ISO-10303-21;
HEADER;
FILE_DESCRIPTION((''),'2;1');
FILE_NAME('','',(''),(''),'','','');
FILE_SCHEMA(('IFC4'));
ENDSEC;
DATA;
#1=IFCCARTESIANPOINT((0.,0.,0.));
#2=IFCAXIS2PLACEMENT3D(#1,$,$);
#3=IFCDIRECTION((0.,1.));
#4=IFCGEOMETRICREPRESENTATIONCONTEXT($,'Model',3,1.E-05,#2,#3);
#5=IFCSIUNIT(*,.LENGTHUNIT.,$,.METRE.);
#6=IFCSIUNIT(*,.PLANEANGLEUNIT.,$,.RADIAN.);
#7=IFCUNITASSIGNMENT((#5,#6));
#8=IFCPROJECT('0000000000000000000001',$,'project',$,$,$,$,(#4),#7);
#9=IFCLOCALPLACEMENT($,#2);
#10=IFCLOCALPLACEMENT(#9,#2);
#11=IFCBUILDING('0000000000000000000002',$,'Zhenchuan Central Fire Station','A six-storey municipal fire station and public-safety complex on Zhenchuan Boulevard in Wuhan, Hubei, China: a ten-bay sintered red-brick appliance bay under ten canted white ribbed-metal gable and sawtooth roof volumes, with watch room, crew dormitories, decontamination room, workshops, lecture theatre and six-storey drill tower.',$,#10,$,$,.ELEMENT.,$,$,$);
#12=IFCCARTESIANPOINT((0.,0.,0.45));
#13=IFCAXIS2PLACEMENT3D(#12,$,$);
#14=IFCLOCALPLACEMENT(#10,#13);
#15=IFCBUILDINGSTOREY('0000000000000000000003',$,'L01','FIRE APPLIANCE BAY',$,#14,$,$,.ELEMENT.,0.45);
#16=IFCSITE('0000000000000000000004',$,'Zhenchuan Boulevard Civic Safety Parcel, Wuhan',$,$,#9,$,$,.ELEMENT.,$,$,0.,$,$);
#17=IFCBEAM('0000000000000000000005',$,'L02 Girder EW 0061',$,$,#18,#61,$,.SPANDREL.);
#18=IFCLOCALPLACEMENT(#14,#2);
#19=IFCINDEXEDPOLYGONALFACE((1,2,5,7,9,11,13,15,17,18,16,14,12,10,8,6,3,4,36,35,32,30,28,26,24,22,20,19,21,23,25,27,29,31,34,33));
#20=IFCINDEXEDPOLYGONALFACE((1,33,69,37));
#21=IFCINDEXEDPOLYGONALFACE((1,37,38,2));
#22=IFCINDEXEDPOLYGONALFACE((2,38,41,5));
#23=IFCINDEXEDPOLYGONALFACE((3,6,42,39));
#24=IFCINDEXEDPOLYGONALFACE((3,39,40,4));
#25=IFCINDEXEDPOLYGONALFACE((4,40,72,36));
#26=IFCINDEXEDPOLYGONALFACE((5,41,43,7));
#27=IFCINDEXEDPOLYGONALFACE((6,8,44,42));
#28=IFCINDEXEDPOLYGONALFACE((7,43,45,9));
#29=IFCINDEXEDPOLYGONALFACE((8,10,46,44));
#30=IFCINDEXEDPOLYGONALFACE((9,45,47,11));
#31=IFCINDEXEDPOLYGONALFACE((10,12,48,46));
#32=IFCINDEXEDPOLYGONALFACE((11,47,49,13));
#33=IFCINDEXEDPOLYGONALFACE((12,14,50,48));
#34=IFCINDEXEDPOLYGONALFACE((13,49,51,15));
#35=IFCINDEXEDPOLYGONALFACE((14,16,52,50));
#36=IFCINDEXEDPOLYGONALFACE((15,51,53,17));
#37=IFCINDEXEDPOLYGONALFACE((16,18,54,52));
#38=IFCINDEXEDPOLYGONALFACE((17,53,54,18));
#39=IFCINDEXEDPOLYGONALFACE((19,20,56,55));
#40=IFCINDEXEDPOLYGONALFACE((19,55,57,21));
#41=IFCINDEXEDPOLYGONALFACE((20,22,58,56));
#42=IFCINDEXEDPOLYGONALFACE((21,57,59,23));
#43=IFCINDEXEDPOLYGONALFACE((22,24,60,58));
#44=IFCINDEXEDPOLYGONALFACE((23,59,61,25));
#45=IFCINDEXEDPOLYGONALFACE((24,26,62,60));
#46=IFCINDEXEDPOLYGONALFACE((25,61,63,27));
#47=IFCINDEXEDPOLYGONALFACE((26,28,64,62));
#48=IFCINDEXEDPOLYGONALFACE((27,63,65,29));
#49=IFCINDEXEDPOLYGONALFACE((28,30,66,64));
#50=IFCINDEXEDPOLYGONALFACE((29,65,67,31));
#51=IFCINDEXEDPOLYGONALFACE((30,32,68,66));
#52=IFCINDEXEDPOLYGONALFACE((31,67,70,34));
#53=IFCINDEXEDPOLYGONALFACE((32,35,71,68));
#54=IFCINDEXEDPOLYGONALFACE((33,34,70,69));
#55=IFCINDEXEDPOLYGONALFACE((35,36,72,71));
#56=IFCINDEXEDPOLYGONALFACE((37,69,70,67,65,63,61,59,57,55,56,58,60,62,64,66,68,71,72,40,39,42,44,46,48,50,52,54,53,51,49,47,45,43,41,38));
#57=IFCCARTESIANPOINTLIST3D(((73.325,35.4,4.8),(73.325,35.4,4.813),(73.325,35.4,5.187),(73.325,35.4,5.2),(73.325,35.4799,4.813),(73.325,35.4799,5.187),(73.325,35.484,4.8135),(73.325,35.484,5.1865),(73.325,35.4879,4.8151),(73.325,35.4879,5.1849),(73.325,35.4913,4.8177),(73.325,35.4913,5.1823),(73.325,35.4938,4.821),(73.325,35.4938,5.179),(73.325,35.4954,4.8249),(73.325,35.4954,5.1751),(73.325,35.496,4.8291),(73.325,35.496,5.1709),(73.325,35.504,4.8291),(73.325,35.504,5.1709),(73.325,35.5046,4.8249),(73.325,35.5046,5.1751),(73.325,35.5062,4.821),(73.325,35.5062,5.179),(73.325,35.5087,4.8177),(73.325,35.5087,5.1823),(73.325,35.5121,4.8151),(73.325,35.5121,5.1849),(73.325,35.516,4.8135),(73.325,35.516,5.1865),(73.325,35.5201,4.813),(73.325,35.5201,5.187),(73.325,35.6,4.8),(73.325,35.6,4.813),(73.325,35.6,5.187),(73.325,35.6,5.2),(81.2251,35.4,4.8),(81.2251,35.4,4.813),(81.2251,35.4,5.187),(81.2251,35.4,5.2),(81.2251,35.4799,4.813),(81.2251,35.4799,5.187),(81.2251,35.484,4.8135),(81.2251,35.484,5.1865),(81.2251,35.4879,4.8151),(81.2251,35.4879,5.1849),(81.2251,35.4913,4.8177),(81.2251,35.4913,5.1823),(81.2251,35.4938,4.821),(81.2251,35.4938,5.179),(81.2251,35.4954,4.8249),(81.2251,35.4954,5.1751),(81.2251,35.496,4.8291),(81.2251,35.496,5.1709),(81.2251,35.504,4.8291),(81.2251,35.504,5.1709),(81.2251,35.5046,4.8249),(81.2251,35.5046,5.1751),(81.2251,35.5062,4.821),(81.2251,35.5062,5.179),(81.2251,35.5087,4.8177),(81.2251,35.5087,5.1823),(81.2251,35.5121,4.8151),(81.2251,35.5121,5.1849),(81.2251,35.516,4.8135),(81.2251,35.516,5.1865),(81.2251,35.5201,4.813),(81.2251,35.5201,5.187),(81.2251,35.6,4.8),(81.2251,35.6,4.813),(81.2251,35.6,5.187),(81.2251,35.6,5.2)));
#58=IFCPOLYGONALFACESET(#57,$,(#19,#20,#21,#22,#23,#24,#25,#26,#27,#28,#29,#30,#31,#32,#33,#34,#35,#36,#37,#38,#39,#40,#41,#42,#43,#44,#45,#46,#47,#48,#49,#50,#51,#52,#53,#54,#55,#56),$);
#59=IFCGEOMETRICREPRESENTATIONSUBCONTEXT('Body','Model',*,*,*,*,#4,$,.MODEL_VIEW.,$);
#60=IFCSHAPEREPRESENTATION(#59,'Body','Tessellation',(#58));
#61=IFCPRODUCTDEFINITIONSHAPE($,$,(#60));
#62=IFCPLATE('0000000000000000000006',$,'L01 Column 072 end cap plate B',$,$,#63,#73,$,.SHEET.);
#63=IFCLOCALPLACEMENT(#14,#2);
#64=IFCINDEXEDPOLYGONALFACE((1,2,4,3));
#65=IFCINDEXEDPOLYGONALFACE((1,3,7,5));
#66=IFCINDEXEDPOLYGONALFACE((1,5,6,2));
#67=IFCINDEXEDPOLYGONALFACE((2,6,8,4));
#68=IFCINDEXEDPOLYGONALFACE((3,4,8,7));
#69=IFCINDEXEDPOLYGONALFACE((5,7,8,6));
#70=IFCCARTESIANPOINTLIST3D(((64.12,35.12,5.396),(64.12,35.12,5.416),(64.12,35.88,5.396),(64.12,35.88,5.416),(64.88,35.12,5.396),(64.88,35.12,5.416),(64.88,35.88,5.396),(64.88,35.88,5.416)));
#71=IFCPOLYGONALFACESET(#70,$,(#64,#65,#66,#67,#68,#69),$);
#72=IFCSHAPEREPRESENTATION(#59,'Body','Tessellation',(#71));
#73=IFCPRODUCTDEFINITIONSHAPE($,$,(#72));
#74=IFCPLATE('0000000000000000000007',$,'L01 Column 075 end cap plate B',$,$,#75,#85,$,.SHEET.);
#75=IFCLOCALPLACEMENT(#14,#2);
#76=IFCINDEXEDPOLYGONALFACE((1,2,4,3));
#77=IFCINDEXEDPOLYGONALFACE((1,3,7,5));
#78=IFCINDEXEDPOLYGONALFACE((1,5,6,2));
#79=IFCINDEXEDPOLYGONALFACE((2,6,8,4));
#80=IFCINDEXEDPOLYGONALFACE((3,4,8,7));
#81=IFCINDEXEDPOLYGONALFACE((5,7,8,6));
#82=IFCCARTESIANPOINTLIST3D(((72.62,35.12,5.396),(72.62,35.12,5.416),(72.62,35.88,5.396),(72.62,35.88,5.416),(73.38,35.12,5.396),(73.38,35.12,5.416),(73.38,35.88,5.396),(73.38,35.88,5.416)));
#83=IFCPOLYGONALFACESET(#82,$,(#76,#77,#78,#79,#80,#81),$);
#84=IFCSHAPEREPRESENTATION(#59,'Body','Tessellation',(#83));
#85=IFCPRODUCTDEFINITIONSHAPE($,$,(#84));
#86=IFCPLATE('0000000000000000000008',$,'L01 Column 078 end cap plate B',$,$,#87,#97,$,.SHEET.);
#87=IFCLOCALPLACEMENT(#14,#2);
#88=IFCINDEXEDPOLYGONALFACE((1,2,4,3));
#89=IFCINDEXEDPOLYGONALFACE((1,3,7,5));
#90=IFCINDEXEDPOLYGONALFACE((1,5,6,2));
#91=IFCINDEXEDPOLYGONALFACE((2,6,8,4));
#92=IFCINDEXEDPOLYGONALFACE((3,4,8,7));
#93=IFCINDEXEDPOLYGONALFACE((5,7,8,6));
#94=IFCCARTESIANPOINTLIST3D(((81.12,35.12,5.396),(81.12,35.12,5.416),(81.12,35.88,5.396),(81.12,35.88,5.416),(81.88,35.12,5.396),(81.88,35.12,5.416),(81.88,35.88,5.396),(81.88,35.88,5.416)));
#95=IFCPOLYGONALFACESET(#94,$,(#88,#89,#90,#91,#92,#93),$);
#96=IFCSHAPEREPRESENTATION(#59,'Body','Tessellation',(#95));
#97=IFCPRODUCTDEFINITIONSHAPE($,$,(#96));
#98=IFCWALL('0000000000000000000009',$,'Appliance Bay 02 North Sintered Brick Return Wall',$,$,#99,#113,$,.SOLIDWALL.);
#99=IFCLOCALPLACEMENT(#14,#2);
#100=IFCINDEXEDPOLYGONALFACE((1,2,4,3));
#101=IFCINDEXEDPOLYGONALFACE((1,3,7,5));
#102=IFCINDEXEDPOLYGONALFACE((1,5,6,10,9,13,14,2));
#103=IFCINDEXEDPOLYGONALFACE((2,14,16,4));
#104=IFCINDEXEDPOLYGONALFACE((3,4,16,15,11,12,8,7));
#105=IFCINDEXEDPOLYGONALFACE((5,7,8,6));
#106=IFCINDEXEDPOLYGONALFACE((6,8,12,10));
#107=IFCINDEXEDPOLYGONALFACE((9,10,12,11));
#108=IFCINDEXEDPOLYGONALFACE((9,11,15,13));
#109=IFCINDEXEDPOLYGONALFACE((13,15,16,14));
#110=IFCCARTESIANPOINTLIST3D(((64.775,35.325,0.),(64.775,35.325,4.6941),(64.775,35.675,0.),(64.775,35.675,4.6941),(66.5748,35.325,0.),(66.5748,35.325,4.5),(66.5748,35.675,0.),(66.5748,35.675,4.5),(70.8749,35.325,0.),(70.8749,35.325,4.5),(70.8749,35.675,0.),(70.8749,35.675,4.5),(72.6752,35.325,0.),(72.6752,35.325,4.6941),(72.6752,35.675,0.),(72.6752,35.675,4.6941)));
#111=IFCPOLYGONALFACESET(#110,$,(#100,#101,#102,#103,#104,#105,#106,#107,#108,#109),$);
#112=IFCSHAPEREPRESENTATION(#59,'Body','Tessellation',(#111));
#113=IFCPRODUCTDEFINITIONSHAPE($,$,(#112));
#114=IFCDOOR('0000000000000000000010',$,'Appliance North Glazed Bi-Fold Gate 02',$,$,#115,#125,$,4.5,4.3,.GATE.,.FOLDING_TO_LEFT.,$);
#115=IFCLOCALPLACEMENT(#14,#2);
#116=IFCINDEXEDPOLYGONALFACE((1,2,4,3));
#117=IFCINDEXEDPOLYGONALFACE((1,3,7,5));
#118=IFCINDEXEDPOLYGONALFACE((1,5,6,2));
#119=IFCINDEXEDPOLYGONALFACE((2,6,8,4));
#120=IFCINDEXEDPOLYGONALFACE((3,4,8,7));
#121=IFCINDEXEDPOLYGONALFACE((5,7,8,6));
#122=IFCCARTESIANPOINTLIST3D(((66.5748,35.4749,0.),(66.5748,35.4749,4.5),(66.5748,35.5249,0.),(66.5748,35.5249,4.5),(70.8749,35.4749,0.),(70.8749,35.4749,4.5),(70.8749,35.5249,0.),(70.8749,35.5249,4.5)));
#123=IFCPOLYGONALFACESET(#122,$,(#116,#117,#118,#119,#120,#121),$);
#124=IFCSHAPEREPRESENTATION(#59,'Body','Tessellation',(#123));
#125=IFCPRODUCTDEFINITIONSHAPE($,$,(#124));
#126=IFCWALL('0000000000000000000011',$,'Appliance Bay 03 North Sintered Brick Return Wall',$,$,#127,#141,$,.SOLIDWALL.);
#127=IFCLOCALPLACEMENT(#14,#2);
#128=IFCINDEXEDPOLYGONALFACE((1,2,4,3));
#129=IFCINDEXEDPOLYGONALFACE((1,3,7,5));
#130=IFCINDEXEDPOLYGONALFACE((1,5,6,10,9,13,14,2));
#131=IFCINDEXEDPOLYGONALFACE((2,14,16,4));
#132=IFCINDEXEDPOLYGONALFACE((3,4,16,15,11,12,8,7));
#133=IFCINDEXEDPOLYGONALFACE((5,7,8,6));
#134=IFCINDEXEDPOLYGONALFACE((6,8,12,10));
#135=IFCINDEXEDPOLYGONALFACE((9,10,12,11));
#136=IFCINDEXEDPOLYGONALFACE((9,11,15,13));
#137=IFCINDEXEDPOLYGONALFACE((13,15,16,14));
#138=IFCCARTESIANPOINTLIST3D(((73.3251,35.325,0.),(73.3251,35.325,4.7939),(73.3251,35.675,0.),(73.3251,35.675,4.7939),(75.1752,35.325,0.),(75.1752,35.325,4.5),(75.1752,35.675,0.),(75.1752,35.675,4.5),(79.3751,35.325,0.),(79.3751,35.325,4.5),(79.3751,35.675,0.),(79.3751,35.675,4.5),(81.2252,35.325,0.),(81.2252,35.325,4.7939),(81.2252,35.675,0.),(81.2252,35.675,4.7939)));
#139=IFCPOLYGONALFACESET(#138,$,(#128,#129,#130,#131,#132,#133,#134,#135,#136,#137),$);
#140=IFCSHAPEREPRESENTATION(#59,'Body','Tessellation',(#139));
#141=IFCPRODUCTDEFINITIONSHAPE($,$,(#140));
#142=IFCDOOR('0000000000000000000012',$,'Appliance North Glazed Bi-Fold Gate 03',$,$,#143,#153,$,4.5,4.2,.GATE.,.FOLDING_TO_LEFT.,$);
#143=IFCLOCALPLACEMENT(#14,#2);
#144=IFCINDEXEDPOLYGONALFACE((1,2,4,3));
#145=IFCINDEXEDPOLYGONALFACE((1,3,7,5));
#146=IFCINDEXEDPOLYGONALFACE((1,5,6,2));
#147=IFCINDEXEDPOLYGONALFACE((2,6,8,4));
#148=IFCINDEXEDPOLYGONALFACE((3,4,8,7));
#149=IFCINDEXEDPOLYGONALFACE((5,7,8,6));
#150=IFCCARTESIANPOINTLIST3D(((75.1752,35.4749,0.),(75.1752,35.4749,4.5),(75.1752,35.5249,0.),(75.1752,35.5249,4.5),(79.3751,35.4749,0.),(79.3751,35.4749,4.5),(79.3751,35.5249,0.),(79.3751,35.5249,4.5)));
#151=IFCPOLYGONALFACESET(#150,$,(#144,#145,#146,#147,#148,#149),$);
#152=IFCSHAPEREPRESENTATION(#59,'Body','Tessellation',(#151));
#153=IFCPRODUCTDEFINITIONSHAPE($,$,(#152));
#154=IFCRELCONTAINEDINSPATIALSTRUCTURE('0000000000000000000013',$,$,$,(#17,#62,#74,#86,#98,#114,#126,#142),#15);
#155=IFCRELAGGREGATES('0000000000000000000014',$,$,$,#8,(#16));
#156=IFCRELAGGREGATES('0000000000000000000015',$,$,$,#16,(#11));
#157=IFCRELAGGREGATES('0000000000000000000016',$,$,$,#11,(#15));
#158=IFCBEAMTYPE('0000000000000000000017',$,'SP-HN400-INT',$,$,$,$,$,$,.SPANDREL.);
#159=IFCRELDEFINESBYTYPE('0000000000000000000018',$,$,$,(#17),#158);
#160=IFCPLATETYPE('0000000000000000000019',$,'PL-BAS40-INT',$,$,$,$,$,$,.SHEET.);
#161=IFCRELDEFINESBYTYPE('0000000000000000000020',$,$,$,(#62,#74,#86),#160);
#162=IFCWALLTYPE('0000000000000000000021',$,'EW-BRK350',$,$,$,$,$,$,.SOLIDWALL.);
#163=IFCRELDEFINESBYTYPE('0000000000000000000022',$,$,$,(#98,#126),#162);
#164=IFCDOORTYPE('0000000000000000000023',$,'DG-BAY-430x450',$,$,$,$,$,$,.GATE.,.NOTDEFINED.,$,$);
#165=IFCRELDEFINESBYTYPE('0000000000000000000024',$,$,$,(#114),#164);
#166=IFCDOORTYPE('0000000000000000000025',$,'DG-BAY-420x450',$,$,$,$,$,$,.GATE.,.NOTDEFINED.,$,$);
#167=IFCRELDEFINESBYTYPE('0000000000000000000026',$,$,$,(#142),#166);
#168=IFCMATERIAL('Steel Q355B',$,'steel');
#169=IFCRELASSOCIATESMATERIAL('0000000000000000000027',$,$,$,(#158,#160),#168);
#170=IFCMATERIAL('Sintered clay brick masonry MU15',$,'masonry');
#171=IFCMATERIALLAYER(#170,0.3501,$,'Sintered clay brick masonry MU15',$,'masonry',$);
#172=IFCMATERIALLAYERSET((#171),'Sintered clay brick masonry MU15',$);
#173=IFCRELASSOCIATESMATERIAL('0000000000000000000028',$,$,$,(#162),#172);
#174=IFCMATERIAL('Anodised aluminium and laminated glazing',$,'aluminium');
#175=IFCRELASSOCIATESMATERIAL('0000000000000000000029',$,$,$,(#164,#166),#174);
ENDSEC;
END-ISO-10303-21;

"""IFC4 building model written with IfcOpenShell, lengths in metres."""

from ifc_helpers import new_model, si_unit, direction, frame, frame_2d, origin, origin_2d, place, context, subcontext, project, spatial, rectangle, i_section, extrude, material, layer, layer_set, material_profile, profile_set, type_object, element, fill, save


model = new_model("IFC4")

# Units and contexts
model_context = context("Model", 3, precision=1e-05, world=origin(), true_north=direction((0.0, 1.0)))
body_context = subcontext(model_context, "Body", "Model", "MODEL_VIEW")
ifc_project = project(units=[si_unit("LENGTHUNIT", "METRE"), si_unit("PLANEANGLEUNIT", "RADIAN")], contexts=[model_context])

# Site, building, storey
site_placement = place(None, origin())
site = spatial("IfcSite", under=ifc_project, at=site_placement, Name="Zhenchuan Boulevard Civic Safety Parcel, Wuhan", CompositionType="ELEMENT", RefElevation=0.0)
building_placement = place(site_placement, origin())
building = spatial("IfcBuilding", under=site, at=building_placement, Name="Zhenchuan Central Fire Station", Description="A six-storey municipal fire station and public-safety complex on Zhenchuan Boulevard in Wuhan, Hubei, China: a ten-bay sintered red-brick appliance bay under ten canted white ribbed-metal gable and sawtooth roof volumes, with watch room, crew dormitories, decontamination room, workshops, lecture theatre and six-storey drill tower.", CompositionType="ELEMENT")
storey_placement = place(building_placement, frame((0.0, 0.0, 0.45)))
storey = spatial("IfcBuildingStorey", under=building, at=storey_placement, Name="L01", Description="FIRE APPLIANCE BAY", CompositionType="ELEMENT", Elevation=0.45)

# Shared definitions
ifc_material_1 = material(Name="Steel Q355B", Category="steel")

# Beam
ifc_material_profile_1 = material_profile(ifc_material_1, i_section(OverallWidth=0.2, OverallDepth=0.3999, WebThickness=0.0081, FlangeThickness=0.0129, FilletRadius=0.0161, at=origin_2d()), Name="HN 400x200")
ifc_profile_set_1 = profile_set([ifc_material_profile_1], Name="Steel Q355B")
beam_type_1 = type_object("IfcBeamType", Name="SP-HN400-INT", PredefinedType="SPANDREL", material=ifc_profile_set_1)
beam_1_placement = place(storey_placement, frame((73.325, 35.5, 5.0), z_axis=(1.0, 0.0, 0.0), x_axis=(0.0, 1.0, 0.0)))
element("IfcBeam", 1, at=beam_1_placement, inside=storey, type_object=beam_type_1, Name="L02 Girder EW 0061", PredefinedType="SPANDREL", context=body_context, shape_type="SweptSolid", body=[
    extrude(i_section(OverallWidth=0.2, OverallDepth=0.3999, WebThickness=0.0081, FlangeThickness=0.0129, FilletRadius=0.0161, at=origin_2d()), origin(), (0.0, 0.0, 1.0), 7.9001),
])

# Plates
ifc_material_profile_2 = material_profile(ifc_material_1, rectangle(XDim=0.76, YDim=0.76, at=origin_2d()), Name="PL 760x760x40")
ifc_profile_set_2 = profile_set([ifc_material_profile_2], Name="Steel Q355B")
plate_type = type_object("IfcPlateType", Name="PL-BAS40-INT", PredefinedType="SHEET", material=ifc_profile_set_2)
for number, where, z_axis, x_axis, name in (
    (2, (64.5, 35.5, 5.396), (0.0, 0.0, 1.0), (1.0, 0.0, 0.0), "L01 Column 072 end cap plate B"),
    (3, (73.0, 35.5, 5.396), (0.0, 0.0, 1.0), (1.0, 0.0, 0.0), "L01 Column 075 end cap plate B"),
    (4, (81.5, 35.5, 5.396), (0.0, 0.0, 1.0), (1.0, 0.0, 0.0), "L01 Column 078 end cap plate B"),
):
    element("IfcPlate", number, at=place(storey_placement, frame(where, z_axis=z_axis, x_axis=x_axis)), inside=storey, type_object=plate_type, Name=name, PredefinedType="SHEET", context=body_context, shape_type="SweptSolid", body=[
        extrude(rectangle(XDim=0.76, YDim=0.76, at=origin_2d()), origin(), (0.0, 0.0, 1.0), 0.02),
    ])

# Walls, openings, doors
ifc_material_2 = material(Name="Sintered clay brick masonry MU15", Category="masonry")
ifc_layer = layer(ifc_material_2, 0.3501, Name="Sintered clay brick masonry MU15", Category="masonry")
ifc_layer_set = layer_set([ifc_layer], Name="Sintered clay brick masonry MU15")
wall_type = type_object("IfcWallType", Name="EW-BRK350", PredefinedType="SOLIDWALL", material=ifc_layer_set)
wall_1_placement = place(storey_placement, frame((64.7749, 35.5, 0.0), z_axis=(0.0, 0.0, 1.0), x_axis=(1.0, 0.0, 0.0)))
wall_1 = element("IfcWall", 5, at=wall_1_placement, inside=storey, type_object=wall_type, Name="Appliance Bay 02 North Sintered Brick Return Wall", PredefinedType="SOLIDWALL", context=body_context, shape_type="SweptSolid", body=[
    extrude(rectangle(XDim=7.9001, YDim=0.3501, at=frame_2d((3.9502, 0.0))), origin(), (0.0, 0.0, 1.0), 4.6941),
])
opening_1_placement = place(wall_1_placement, frame((1.8, 0.0, 0.0)))
opening_1 = element("IfcOpeningElement", 6, at=opening_1_placement, cuts=wall_1, PredefinedType="OPENING", context=body_context, shape_type="SweptSolid", body=[
    extrude(rectangle(XDim=4.3, YDim=4.5, at=frame_2d((2.1499, 2.25))), frame((0.0, 0.1851, 0.0), z_axis=(0.0, -1.0, 0.0), x_axis=(1.0, 0.0, 0.0)), (0.0, 0.0, 1.0), 0.3701),
])
ifc_material_3 = material(Name="Anodised aluminium and laminated glazing", Category="aluminium")
door_type_1 = type_object("IfcDoorType", Name="DG-BAY-430x450", OperationType="NOTDEFINED", PredefinedType="GATE", material=ifc_material_3)
door_1_placement = place(opening_1_placement, origin())
door_1 = element("IfcDoor", 7, at=door_1_placement, inside=storey, type_object=door_type_1, Name="Appliance North Glazed Bi-Fold Gate 02", OperationType="FOLDING_TO_LEFT", OverallHeight=4.5, OverallWidth=4.3, PredefinedType="GATE", context=body_context, shape_type="SweptSolid", body=[
    extrude(rectangle(XDim=4.3, YDim=4.5, at=frame_2d((2.1499, 2.25))), frame((0.0, 0.0249, 0.0), z_axis=(0.0, -1.0, 0.0), x_axis=(1.0, 0.0, 0.0)), (0.0, 0.0, 1.0), 0.05),
])
fill(opening_1, door_1)
wall_2_placement = place(storey_placement, frame((73.325, 35.5, 0.0), z_axis=(0.0, 0.0, 1.0), x_axis=(1.0, 0.0, 0.0)))
wall_2 = element("IfcWall", 8, at=wall_2_placement, inside=storey, type_object=wall_type, Name="Appliance Bay 03 North Sintered Brick Return Wall", PredefinedType="SOLIDWALL", context=body_context, shape_type="SweptSolid", body=[
    extrude(rectangle(XDim=7.9001, YDim=0.3501, at=frame_2d((3.9502, 0.0))), origin(), (0.0, 0.0, 1.0), 4.7939),
])
opening_2_placement = place(wall_2_placement, frame((1.8501, 0.0, 0.0)))
opening_2 = element("IfcOpeningElement", 9, at=opening_2_placement, cuts=wall_2, PredefinedType="OPENING", context=body_context, shape_type="SweptSolid", body=[
    extrude(rectangle(XDim=4.2, YDim=4.5, at=frame_2d((2.1001, 2.25))), frame((0.0, 0.1851, 0.0), z_axis=(0.0, -1.0, 0.0), x_axis=(1.0, 0.0, 0.0)), (0.0, 0.0, 1.0), 0.3701),
])
door_type_2 = type_object("IfcDoorType", Name="DG-BAY-420x450", OperationType="NOTDEFINED", PredefinedType="GATE", material=ifc_material_3)
door_2_placement = place(opening_2_placement, origin())
door_2 = element("IfcDoor", 10, at=door_2_placement, inside=storey, type_object=door_type_2, Name="Appliance North Glazed Bi-Fold Gate 03", OperationType="FOLDING_TO_LEFT", OverallHeight=4.5, OverallWidth=4.2, PredefinedType="GATE", context=body_context, shape_type="SweptSolid", body=[
    extrude(rectangle(XDim=4.2, YDim=4.5, at=frame_2d((2.1001, 2.25))), frame((0.0, 0.0249, 0.0), z_axis=(0.0, -1.0, 0.0), x_axis=(1.0, 0.0, 0.0)), (0.0, 0.0, 1.0), 0.05),
])
fill(opening_2, door_2)

save(model, "model.ifc")
